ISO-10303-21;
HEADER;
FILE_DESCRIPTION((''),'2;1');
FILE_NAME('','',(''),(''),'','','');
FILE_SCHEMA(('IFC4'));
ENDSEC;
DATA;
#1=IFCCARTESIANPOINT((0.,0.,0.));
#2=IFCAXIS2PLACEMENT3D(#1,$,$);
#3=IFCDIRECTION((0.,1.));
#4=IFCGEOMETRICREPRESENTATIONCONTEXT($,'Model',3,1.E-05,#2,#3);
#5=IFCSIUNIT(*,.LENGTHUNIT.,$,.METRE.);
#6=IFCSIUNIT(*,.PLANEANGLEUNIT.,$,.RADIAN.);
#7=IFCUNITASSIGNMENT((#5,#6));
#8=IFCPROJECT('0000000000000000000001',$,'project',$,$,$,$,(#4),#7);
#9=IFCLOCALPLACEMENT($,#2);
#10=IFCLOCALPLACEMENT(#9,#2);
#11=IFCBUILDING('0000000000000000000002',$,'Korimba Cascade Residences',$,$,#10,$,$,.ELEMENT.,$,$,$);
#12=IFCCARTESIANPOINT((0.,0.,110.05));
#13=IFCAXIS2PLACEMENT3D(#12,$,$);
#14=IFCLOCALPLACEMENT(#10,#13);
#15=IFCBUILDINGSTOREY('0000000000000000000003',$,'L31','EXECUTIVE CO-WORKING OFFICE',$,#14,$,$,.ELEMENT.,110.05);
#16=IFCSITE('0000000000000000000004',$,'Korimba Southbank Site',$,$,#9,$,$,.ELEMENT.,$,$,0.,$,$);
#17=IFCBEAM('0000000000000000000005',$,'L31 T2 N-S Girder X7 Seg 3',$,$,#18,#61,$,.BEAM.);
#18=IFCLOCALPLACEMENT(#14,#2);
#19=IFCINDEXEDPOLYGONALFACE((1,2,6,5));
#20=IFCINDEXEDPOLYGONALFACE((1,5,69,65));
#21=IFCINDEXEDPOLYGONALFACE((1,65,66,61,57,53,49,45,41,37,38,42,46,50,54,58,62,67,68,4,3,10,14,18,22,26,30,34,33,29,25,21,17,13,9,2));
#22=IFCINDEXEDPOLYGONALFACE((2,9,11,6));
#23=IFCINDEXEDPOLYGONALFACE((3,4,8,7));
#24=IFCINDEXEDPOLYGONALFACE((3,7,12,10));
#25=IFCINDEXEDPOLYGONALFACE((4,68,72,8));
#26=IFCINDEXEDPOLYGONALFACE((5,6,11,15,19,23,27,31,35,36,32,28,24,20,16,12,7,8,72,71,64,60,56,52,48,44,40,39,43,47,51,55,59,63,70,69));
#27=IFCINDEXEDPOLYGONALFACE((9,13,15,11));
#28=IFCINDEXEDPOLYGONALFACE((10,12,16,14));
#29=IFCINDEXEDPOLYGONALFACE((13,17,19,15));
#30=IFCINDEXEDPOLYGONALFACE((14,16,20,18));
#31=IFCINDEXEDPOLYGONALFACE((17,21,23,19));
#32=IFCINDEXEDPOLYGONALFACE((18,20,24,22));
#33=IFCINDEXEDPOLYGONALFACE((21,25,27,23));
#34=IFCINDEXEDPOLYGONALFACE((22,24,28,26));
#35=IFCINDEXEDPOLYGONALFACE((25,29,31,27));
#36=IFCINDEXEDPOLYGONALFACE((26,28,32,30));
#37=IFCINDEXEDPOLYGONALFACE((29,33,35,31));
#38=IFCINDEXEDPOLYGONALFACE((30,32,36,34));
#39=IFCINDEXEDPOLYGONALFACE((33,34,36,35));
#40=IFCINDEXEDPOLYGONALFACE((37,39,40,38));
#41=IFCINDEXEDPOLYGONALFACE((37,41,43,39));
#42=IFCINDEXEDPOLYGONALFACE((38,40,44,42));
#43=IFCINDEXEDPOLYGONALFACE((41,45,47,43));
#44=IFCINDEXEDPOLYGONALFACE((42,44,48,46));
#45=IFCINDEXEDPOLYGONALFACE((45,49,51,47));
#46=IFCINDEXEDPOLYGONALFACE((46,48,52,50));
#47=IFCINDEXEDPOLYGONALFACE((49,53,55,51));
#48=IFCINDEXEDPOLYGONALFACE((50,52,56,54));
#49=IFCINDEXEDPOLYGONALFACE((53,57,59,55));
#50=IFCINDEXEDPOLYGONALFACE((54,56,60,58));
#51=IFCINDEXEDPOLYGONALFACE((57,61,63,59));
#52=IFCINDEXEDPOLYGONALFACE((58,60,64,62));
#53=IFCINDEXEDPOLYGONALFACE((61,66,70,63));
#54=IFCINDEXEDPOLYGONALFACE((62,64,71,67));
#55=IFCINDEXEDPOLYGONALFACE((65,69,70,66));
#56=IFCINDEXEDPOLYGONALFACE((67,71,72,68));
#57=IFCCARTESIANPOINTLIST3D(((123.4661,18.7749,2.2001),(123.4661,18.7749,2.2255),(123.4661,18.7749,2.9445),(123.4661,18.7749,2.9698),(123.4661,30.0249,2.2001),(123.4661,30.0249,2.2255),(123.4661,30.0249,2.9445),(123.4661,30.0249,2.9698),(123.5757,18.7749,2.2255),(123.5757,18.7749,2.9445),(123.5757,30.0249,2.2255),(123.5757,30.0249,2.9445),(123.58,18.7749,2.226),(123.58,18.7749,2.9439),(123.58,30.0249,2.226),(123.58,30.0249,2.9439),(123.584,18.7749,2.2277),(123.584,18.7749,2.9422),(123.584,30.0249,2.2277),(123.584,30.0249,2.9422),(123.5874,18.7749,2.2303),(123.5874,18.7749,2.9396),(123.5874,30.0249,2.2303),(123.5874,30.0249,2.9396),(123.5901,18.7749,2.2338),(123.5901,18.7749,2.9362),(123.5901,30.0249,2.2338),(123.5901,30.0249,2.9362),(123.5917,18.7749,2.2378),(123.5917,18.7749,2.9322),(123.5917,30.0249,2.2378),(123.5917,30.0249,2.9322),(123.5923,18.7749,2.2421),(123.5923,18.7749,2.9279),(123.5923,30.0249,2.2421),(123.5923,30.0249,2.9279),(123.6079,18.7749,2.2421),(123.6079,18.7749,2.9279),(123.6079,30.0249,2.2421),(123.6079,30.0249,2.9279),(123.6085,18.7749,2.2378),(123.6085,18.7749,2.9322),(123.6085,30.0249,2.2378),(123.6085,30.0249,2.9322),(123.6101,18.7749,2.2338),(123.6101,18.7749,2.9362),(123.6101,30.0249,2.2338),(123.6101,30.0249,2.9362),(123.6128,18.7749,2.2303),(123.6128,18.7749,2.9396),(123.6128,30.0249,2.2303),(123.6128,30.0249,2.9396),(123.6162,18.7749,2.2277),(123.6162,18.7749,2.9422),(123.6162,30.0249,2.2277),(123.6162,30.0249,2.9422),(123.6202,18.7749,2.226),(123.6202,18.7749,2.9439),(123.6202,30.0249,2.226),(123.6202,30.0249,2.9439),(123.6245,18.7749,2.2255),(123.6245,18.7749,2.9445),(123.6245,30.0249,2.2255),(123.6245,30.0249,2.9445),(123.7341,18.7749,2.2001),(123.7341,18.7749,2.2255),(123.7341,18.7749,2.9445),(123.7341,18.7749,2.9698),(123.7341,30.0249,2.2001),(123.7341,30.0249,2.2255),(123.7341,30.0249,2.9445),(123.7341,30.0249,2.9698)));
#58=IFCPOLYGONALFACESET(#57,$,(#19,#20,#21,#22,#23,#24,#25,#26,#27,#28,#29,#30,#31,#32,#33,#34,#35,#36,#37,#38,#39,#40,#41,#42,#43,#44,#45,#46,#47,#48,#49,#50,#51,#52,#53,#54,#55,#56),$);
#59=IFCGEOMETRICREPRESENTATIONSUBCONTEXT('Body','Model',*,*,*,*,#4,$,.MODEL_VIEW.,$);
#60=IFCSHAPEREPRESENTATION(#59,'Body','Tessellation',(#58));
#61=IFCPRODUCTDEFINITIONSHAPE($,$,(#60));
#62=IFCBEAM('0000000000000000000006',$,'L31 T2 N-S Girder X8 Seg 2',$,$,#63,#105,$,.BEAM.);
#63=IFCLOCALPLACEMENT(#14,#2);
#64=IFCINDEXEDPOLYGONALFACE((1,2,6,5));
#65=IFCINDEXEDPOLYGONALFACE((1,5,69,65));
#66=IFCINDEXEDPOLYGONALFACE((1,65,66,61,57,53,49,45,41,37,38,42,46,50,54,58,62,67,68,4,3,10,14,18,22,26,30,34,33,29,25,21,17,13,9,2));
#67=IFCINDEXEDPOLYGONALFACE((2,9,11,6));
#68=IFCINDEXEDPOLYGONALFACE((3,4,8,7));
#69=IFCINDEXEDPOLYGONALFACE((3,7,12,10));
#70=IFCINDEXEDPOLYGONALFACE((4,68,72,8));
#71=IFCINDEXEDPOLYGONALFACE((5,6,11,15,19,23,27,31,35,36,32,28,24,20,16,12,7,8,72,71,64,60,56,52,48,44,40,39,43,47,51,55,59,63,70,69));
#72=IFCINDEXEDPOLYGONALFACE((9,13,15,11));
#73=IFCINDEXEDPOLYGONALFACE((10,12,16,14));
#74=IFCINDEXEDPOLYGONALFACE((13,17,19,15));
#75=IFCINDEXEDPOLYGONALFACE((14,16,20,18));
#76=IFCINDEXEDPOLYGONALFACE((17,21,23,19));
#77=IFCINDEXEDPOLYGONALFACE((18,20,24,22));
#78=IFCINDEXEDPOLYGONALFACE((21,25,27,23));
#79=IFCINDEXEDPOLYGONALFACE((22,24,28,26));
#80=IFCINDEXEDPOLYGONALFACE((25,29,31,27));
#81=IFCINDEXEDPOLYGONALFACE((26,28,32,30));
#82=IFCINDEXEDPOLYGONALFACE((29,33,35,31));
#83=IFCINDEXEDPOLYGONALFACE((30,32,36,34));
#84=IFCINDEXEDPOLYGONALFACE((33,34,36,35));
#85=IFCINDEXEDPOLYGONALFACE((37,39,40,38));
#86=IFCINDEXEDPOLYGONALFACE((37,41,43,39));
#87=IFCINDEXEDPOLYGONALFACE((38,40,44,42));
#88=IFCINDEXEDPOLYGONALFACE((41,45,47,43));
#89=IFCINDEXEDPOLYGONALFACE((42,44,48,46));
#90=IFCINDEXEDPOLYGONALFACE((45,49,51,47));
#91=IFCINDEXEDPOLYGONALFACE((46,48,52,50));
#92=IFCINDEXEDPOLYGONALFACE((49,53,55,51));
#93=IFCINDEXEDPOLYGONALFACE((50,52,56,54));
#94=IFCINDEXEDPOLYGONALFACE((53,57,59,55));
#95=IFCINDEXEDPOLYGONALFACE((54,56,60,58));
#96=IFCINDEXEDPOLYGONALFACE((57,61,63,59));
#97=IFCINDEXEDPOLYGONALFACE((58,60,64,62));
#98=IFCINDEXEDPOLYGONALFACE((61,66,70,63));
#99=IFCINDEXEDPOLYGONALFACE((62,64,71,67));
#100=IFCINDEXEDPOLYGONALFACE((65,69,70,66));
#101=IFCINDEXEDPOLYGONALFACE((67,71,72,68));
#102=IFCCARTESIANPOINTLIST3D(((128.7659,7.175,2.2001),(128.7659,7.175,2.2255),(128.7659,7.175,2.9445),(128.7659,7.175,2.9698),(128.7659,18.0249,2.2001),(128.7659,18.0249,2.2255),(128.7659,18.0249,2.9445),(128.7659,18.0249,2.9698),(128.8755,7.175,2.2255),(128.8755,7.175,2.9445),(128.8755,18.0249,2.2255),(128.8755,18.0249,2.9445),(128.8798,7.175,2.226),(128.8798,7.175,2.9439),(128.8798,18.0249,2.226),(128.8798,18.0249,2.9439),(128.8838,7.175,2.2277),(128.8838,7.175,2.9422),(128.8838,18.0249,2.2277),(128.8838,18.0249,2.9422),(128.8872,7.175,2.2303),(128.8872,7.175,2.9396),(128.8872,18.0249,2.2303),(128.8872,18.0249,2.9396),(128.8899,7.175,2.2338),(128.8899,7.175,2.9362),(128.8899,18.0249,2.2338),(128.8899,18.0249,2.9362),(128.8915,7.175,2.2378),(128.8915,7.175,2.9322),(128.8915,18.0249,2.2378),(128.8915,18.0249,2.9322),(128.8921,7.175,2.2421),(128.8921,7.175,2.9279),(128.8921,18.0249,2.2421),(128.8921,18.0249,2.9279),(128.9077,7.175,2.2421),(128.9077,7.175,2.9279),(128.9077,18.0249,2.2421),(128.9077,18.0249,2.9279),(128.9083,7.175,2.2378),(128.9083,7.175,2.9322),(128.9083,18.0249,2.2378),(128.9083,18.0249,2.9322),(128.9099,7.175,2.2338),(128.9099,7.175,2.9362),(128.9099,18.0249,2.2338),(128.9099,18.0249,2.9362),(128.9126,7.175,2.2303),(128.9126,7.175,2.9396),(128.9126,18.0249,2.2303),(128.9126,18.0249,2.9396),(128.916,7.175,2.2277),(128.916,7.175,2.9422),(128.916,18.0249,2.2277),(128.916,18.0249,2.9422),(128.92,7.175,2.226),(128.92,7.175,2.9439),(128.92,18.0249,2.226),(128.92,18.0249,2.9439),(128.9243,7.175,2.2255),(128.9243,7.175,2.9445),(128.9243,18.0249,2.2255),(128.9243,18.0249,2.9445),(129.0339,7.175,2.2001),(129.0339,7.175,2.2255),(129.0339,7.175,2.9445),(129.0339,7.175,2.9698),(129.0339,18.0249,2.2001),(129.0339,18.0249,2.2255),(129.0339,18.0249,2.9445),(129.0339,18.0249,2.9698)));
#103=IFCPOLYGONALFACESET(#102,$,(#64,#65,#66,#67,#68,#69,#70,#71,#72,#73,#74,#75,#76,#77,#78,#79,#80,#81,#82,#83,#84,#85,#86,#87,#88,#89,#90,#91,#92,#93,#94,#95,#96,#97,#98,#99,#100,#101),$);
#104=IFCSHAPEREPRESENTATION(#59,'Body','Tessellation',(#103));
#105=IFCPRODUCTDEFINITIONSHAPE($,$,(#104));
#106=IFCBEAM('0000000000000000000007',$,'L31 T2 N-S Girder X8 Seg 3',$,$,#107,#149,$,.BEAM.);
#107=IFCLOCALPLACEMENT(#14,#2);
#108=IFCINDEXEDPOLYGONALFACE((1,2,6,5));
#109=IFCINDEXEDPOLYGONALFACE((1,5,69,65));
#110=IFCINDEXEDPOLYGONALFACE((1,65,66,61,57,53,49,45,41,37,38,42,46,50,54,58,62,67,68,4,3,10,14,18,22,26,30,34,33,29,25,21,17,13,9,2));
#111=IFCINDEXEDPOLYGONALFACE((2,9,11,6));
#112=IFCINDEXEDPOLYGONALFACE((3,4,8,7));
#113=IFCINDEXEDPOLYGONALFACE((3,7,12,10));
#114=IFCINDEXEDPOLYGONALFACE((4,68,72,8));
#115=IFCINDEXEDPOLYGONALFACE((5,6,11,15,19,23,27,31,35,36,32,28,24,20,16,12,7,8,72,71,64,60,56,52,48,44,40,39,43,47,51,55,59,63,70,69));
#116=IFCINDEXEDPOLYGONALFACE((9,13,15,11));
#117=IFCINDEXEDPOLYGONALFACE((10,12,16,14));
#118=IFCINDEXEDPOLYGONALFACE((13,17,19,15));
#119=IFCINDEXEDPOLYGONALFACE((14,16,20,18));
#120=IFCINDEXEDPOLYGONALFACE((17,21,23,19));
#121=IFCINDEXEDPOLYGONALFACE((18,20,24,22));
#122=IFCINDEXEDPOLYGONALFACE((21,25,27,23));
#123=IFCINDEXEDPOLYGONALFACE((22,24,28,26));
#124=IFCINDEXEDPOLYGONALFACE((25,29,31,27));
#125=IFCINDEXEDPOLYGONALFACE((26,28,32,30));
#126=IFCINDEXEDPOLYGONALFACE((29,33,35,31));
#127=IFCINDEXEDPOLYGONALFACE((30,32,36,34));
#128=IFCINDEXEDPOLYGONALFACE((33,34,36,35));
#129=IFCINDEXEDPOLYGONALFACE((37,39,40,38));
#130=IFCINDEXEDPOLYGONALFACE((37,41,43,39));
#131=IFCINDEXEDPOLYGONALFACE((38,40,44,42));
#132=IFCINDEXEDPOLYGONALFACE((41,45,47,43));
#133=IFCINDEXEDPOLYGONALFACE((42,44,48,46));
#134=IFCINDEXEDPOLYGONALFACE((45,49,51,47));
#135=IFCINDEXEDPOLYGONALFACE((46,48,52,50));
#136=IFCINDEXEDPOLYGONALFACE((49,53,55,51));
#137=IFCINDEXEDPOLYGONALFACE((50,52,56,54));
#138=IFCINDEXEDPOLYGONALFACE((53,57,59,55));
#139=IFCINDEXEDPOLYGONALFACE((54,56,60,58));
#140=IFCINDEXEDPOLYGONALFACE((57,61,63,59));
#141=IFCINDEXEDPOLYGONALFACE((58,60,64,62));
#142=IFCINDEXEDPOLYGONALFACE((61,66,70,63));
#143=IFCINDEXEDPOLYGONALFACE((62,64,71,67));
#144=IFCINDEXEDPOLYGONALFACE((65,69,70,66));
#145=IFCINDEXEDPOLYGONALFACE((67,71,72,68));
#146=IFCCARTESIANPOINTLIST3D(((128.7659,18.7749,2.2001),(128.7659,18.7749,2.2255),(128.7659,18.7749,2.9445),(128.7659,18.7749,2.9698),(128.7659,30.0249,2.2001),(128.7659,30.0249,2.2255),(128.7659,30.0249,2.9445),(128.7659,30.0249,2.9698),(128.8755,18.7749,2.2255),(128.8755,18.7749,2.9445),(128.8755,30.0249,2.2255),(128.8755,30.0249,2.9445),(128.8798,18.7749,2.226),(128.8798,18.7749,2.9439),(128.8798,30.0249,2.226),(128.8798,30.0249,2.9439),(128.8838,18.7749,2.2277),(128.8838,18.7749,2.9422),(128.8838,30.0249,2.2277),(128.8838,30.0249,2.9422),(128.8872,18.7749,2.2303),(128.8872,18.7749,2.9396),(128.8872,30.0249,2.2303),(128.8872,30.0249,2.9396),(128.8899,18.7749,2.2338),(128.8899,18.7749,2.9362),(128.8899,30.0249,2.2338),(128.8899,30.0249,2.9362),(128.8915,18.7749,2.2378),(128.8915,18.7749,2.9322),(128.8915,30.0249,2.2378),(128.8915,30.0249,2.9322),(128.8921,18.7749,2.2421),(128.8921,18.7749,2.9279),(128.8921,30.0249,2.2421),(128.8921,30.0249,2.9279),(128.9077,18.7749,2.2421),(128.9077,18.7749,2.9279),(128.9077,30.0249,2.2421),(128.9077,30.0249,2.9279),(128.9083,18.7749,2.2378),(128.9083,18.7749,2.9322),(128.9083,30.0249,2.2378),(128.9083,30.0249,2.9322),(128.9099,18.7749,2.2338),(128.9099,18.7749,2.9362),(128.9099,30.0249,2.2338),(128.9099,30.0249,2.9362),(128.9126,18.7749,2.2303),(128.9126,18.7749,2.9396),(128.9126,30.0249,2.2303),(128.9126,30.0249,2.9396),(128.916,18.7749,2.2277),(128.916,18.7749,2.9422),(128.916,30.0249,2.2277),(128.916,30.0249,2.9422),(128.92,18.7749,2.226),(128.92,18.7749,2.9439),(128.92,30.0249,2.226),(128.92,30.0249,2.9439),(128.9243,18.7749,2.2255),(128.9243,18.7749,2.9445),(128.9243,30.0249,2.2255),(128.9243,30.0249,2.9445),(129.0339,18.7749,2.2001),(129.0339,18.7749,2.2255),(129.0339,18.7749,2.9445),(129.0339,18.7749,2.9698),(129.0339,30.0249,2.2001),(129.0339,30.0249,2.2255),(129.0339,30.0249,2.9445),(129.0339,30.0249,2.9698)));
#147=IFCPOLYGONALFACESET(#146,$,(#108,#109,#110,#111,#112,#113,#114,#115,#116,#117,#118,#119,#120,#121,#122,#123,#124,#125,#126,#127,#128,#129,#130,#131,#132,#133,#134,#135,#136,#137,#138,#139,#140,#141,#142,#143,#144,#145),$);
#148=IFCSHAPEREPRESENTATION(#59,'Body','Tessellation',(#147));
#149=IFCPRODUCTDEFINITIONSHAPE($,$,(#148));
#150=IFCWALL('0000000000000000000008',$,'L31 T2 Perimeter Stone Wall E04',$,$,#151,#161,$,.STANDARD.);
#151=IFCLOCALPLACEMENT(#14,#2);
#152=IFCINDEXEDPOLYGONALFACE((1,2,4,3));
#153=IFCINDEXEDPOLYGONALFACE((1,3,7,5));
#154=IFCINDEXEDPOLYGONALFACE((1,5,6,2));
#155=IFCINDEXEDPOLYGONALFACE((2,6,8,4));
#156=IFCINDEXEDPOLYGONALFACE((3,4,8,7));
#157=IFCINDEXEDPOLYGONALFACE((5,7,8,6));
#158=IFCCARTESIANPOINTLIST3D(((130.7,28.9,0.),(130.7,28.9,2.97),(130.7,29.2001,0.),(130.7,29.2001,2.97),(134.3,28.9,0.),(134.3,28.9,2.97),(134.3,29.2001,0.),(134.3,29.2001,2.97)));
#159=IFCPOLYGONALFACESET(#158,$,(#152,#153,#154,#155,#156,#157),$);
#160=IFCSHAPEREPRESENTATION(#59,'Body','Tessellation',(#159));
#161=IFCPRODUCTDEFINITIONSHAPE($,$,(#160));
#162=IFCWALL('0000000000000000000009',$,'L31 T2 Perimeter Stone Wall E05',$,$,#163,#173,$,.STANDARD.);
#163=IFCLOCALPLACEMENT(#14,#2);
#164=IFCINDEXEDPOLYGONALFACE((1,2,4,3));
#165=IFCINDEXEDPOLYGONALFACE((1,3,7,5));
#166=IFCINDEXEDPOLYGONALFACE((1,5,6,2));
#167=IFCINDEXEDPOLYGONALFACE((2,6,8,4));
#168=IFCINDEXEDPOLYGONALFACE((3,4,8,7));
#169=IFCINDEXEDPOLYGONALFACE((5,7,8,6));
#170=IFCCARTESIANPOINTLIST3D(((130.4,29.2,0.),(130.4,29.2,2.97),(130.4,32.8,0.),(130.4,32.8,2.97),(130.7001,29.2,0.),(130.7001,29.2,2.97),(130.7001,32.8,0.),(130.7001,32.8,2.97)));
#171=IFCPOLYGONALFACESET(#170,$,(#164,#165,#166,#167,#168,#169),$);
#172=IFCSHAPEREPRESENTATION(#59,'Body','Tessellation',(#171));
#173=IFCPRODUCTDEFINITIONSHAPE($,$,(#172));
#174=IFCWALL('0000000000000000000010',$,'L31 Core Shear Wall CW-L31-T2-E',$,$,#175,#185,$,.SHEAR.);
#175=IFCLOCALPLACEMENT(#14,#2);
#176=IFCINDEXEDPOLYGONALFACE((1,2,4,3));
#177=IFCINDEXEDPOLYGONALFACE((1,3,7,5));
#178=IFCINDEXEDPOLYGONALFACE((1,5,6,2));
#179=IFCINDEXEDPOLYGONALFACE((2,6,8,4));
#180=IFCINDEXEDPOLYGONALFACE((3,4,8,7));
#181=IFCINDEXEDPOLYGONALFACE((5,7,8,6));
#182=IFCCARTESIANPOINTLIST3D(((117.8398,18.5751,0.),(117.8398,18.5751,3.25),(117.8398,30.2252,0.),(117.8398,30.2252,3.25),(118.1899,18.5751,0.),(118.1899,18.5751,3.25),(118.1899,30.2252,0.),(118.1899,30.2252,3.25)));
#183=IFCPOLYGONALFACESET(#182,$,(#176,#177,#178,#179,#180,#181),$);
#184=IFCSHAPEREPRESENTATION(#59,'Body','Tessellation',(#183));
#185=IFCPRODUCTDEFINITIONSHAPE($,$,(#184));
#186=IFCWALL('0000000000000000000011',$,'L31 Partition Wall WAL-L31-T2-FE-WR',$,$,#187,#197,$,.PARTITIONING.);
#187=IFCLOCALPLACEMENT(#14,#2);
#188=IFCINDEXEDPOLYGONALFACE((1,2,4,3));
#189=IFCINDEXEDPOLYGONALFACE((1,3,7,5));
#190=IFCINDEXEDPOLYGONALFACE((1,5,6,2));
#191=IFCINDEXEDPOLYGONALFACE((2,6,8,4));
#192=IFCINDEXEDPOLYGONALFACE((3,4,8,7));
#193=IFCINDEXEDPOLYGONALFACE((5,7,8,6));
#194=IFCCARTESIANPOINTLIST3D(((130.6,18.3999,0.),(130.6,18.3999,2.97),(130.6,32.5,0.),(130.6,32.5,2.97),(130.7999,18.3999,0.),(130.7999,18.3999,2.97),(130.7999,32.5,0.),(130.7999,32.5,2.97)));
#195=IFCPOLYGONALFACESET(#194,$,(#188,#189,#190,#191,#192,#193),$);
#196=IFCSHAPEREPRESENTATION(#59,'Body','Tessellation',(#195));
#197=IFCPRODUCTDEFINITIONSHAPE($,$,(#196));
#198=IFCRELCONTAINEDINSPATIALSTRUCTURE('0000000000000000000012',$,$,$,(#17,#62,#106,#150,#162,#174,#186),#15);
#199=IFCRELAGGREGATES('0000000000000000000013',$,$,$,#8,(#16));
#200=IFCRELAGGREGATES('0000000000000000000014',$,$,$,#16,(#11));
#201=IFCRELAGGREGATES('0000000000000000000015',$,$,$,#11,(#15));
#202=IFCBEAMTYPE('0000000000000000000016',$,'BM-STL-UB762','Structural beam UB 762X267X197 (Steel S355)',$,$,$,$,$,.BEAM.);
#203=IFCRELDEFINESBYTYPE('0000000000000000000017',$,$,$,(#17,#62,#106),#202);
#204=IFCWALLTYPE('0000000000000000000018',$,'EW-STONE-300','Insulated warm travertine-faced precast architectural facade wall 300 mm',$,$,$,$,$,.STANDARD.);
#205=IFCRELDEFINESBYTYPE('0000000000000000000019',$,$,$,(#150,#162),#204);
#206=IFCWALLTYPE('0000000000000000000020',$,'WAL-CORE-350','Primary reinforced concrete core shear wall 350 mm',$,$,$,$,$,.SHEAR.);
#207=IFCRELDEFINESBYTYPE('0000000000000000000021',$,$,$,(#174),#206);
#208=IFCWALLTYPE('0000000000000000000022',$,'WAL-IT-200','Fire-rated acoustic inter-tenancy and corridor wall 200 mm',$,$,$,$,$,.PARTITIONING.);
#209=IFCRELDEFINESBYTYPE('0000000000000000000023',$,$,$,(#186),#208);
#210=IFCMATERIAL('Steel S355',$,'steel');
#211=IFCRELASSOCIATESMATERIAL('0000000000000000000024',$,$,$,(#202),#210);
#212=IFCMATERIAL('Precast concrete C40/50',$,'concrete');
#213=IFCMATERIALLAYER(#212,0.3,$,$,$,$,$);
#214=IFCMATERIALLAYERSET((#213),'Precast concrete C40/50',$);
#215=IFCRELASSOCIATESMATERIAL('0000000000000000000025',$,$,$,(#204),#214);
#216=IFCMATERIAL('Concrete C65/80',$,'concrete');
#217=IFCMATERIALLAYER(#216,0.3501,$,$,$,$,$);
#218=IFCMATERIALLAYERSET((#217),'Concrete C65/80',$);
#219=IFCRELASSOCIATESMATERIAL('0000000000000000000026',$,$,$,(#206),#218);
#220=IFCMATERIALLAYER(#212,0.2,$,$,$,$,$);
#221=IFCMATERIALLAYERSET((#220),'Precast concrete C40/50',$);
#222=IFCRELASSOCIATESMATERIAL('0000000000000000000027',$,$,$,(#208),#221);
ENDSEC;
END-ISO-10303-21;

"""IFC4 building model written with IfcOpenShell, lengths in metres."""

from ifc_helpers import new_model, si_unit, direction, frame, frame_2d, origin, origin_2d, place, context, subcontext, project, spatial, rectangle, i_section, extrude, material, layer, layer_set, material_profile, profile_set, type_object, element, save


model = new_model("IFC4")

# Units and contexts
model_context = context("Model", 3, precision=1e-05, world=origin(), true_north=direction((0.0, 1.0)))
body_context = subcontext(model_context, "Body", "Model", "MODEL_VIEW")
ifc_project = project(units=[si_unit("LENGTHUNIT", "METRE"), si_unit("PLANEANGLEUNIT", "RADIAN")], contexts=[model_context])

# Site, building, storey
site_placement = place(None, origin())
site = spatial("IfcSite", under=ifc_project, at=site_placement, Name="Korimba Southbank Site", CompositionType="ELEMENT", RefElevation=0.0)
building_placement = place(site_placement, origin())
building = spatial("IfcBuilding", under=site, at=building_placement, Name="Korimba Cascade Residences", CompositionType="ELEMENT")
storey_placement = place(building_placement, frame((0.0, 0.0, 110.05)))
storey = spatial("IfcBuildingStorey", under=building, at=storey_placement, Name="L31", Description="EXECUTIVE CO-WORKING OFFICE", CompositionType="ELEMENT", Elevation=110.05)

# Shared definitions
ifc_material_1 = material(Name="Concrete C65/80", Category="concrete")

# Beams
ifc_material_2 = material(Name="Steel S355", Category="steel")
ifc_material_profile_1 = material_profile(ifc_material_2, i_section(OverallWidth=0.2681, OverallDepth=0.7698, WebThickness=0.0156, FlangeThickness=0.0254, FilletRadius=0.0166, at=origin_2d()), Name="Steel S355")
ifc_profile_set_1 = profile_set([ifc_material_profile_1], Name="Steel S355")
beam_type_1 = type_object("IfcBeamType", Name="BM-STL-UB762", Description="Structural beam UB 762X267X197 (Steel S355)", PredefinedType="BEAM", material=ifc_profile_set_1)
beam_1_placement = place(storey_placement, frame((123.6001, 18.7749, 2.585), z_axis=(0.0, 1.0, 0.0), x_axis=(-1.0, 0.0, 0.0)))
element("IfcBeam", 1, at=beam_1_placement, inside=storey, type_object=beam_type_1, Name="L31 T2 N-S Girder X7 Seg 3", PredefinedType="BEAM", context=body_context, shape_type="SweptSolid", body=[
    extrude(i_section(OverallWidth=0.2681, OverallDepth=0.7698, WebThickness=0.0156, FlangeThickness=0.0254, FilletRadius=0.0166, at=origin_2d()), origin(), (0.0, 0.0, 1.0), 11.25),
])
beam_2_placement = place(storey_placement, frame((128.8999, 7.175, 2.585), z_axis=(0.0, 1.0, 0.0), x_axis=(-1.0, 0.0, 0.0)))
element("IfcBeam", 2, at=beam_2_placement, inside=storey, type_object=beam_type_1, Name="L31 T2 N-S Girder X8 Seg 2", PredefinedType="BEAM", context=body_context, shape_type="SweptSolid", body=[
    extrude(i_section(OverallWidth=0.2681, OverallDepth=0.7698, WebThickness=0.0156, FlangeThickness=0.0254, FilletRadius=0.0166, at=origin_2d()), origin(), (0.0, 0.0, 1.0), 10.8499),
])
beam_3_placement = place(storey_placement, frame((128.8999, 18.7749, 2.585), z_axis=(0.0, 1.0, 0.0), x_axis=(-1.0, 0.0, 0.0)))
element("IfcBeam", 3, at=beam_3_placement, inside=storey, type_object=beam_type_1, Name="L31 T2 N-S Girder X8 Seg 3", PredefinedType="BEAM", context=body_context, shape_type="SweptSolid", body=[
    extrude(i_section(OverallWidth=0.2681, OverallDepth=0.7698, WebThickness=0.0156, FlangeThickness=0.0254, FilletRadius=0.0166, at=origin_2d()), origin(), (0.0, 0.0, 1.0), 11.25),
])

# Walls
ifc_material_3 = material(Name="Precast concrete C40/50", Category="concrete")
ifc_layer_1 = layer(ifc_material_3, 0.3)
ifc_layer_set_1 = layer_set([ifc_layer_1], Name="Precast concrete C40/50")
wall_type_1 = type_object("IfcWallType", Name="EW-STONE-300", Description="Insulated warm travertine-faced precast architectural facade wall 300 mm", PredefinedType="STANDARD", material=ifc_layer_set_1)
for number, where, z_axis, x_axis, name in (
    (4, (134.3, 29.05, 0.0), (0.0, 0.0, 1.0), (-1.0, 0.0, 0.0), "L31 T2 Perimeter Stone Wall E04"),
    (5, (130.55, 29.2, 0.0), (0.0, 0.0, 1.0), (0.0, 1.0, 0.0), "L31 T2 Perimeter Stone Wall E05"),
):
    element("IfcWall", number, at=place(storey_placement, frame(where, z_axis=z_axis, x_axis=x_axis)), inside=storey, type_object=wall_type_1, Name=name, PredefinedType="STANDARD", context=body_context, shape_type="SweptSolid", body=[
        extrude(rectangle(XDim=3.6001, YDim=0.3, at=frame_2d((1.8, 0.0))), origin(), (0.0, 0.0, 1.0), 2.97),
    ])
ifc_layer_2 = layer(ifc_material_1, 0.3501)
ifc_layer_set_2 = layer_set([ifc_layer_2], Name="Concrete C65/80")
wall_type_2 = type_object("IfcWallType", Name="WAL-CORE-350", Description="Primary reinforced concrete core shear wall 350 mm", PredefinedType="SHEAR", material=ifc_layer_set_2)
wall_1_placement = place(storey_placement, frame((118.0149, 18.575, 0.0), z_axis=(0.0, 0.0, 1.0), x_axis=(0.0, 1.0, 0.0)))
element("IfcWall", 6, at=wall_1_placement, inside=storey, type_object=wall_type_2, Name="L31 Core Shear Wall CW-L31-T2-E", PredefinedType="SHEAR", context=body_context, shape_type="SweptSolid", body=[
    extrude(rectangle(XDim=11.6501, YDim=0.3501, at=frame_2d((5.8252, 0.0))), origin(), (0.0, 0.0, 1.0), 3.25),
])
ifc_layer_3 = layer(ifc_material_3, 0.2)
ifc_layer_set_3 = layer_set([ifc_layer_3], Name="Precast concrete C40/50")
wall_type_3 = type_object("IfcWallType", Name="WAL-IT-200", Description="Fire-rated acoustic inter-tenancy and corridor wall 200 mm", PredefinedType="PARTITIONING", material=ifc_layer_set_3)
wall_2_placement = place(storey_placement, frame((130.7, 18.3999, 0.0), z_axis=(0.0, 0.0, 1.0), x_axis=(0.0, 1.0, 0.0)))
element("IfcWall", 7, at=wall_2_placement, inside=storey, type_object=wall_type_3, Name="L31 Partition Wall WAL-L31-T2-FE-WR", PredefinedType="PARTITIONING", context=body_context, shape_type="SweptSolid", body=[
    extrude(rectangle(XDim=14.1001, YDim=0.2, at=frame_2d((7.05, 0.0))), origin(), (0.0, 0.0, 1.0), 2.97),
])

save(model, "model.ifc")
